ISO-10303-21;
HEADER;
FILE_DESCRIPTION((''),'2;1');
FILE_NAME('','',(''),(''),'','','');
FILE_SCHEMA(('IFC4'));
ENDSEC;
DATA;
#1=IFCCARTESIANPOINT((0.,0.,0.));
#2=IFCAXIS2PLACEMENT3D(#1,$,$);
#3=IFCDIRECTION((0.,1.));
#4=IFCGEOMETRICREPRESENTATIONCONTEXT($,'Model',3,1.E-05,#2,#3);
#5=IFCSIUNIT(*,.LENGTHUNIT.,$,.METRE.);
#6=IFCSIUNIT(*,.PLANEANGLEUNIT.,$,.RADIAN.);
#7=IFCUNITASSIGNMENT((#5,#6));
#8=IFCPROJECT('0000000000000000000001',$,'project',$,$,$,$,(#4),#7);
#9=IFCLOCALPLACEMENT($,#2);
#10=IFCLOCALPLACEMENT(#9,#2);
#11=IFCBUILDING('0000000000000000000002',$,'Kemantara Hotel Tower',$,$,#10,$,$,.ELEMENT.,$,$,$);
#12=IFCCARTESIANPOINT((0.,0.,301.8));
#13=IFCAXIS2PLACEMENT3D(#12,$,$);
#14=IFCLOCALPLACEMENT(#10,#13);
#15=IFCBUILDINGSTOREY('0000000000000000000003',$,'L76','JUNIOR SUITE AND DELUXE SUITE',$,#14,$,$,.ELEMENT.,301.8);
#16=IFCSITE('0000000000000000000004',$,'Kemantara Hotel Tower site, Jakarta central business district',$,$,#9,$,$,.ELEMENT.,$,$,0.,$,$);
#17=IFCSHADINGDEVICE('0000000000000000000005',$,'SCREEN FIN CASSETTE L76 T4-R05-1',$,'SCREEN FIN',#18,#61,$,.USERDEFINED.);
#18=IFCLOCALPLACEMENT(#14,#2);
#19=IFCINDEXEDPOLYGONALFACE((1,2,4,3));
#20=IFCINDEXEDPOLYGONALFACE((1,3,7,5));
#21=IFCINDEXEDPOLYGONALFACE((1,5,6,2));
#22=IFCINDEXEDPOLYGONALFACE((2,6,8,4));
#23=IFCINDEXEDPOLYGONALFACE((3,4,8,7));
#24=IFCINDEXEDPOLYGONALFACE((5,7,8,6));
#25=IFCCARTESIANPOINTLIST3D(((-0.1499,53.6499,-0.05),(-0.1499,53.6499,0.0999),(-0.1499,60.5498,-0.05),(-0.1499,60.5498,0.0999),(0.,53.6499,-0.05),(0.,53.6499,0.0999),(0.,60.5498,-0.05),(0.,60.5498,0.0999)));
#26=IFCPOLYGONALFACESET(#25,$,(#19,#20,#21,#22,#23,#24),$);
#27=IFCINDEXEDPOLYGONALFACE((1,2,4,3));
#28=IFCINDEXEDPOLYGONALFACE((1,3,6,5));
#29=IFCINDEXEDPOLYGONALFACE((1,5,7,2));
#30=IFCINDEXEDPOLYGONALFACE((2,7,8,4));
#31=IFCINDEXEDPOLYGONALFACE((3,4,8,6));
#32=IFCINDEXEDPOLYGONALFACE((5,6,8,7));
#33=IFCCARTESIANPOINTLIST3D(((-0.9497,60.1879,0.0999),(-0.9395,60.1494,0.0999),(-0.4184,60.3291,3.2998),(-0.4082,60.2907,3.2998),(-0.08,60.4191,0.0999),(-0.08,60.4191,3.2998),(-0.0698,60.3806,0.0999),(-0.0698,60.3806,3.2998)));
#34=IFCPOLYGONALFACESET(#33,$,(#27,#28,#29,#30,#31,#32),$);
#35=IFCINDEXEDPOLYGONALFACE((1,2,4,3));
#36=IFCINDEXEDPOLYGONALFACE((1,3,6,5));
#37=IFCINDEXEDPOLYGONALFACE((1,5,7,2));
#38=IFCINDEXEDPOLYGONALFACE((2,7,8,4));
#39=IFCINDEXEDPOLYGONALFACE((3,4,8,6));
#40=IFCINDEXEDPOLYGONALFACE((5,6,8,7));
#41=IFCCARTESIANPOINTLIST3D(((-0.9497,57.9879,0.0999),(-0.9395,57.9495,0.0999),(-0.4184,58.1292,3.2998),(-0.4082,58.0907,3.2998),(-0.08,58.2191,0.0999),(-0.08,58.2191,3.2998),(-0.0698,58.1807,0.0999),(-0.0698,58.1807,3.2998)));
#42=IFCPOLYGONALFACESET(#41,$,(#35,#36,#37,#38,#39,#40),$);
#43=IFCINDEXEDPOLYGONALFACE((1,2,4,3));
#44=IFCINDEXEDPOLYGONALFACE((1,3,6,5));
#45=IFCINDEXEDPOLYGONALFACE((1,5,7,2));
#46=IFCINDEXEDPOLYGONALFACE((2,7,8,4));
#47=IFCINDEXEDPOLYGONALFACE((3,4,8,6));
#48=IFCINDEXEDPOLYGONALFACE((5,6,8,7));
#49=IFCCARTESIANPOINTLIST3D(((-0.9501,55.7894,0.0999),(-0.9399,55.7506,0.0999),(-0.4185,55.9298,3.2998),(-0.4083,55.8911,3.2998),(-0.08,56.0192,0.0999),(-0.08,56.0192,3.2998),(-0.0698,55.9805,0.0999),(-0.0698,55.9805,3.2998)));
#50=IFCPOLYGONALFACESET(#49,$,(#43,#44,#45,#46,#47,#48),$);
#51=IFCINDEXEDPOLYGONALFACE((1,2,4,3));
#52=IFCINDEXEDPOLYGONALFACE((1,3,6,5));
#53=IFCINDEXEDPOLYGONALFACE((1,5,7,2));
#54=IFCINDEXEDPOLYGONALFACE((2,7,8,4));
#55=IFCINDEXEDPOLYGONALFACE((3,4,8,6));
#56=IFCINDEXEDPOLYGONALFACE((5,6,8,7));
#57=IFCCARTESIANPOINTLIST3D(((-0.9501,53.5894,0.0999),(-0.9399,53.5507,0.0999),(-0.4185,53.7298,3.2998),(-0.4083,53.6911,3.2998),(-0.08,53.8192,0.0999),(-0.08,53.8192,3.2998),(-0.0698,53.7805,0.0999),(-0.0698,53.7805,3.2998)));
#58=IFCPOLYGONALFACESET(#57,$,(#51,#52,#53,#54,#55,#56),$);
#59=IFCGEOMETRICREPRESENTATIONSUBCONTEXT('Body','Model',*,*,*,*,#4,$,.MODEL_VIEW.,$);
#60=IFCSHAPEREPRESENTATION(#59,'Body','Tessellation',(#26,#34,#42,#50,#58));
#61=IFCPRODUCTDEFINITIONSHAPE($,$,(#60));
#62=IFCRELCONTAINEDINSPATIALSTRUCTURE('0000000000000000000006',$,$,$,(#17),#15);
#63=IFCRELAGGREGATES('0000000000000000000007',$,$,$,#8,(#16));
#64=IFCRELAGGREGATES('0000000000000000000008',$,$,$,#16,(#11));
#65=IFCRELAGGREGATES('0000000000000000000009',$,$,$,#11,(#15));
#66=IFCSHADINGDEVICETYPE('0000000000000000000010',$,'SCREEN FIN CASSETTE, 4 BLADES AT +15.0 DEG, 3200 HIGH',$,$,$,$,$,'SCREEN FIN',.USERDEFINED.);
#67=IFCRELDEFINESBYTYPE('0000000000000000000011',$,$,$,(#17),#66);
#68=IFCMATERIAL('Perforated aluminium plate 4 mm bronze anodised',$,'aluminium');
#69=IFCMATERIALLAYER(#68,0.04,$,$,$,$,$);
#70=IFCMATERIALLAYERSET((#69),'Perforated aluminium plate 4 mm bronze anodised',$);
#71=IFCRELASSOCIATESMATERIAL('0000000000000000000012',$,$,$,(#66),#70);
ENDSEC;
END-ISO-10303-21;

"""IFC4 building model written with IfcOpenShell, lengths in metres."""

from ifc_helpers import new_model, si_unit, direction, frame, origin, origin_2d, place, context, subcontext, project, spatial, polyline, rectangle, outline, extrude, source, transform, mapped, material, layer, layer_set, type_object, element, save


model = new_model("IFC4")

# Units and contexts
model_context = context("Model", 3, precision=1e-05, world=origin(), true_north=direction((0.0, 1.0)))
body_context = subcontext(model_context, "Body", "Model", "MODEL_VIEW")
ifc_project = project(units=[si_unit("LENGTHUNIT", "METRE"), si_unit("PLANEANGLEUNIT", "RADIAN")], contexts=[model_context])

# Site, building, storey
site_placement = place(None, origin())
site = spatial("IfcSite", under=ifc_project, at=site_placement, Name="Kemantara Hotel Tower site, Jakarta central business district", CompositionType="ELEMENT", RefElevation=0.0)
building_placement = place(site_placement, origin())
building = spatial("IfcBuilding", under=site, at=building_placement, Name="Kemantara Hotel Tower", CompositionType="ELEMENT")
storey_placement = place(building_placement, frame((0.0, 0.0, 301.8)))
storey = spatial("IfcBuildingStorey", under=building, at=storey_placement, Name="L76", Description="JUNIOR SUITE AND DELUXE SUITE", CompositionType="ELEMENT", Elevation=301.8)

# Shading device
ifc_material_1 = material(Name="Perforated aluminium plate 4 mm bronze anodised", Category="aluminium")
ifc_layer_1 = layer(ifc_material_1, 0.04)
ifc_layer_set_1 = layer_set([ifc_layer_1], Name="Perforated aluminium plate 4 mm bronze anodised")
shading_device_type_1 = type_object("IfcShadingDeviceType", Name="SCREEN FIN CASSETTE, 4 BLADES AT +15.0 DEG, 3200 HIGH", ElementType="SCREEN FIN", PredefinedType="USERDEFINED", material=ifc_layer_set_1)
shared_shape_1 = source(origin(), body_context, "Body", "SweptSolid", [
    extrude(rectangle(XDim=6.8999, YDim=0.1499, at=origin_2d()), frame((3.3, -0.075, -0.1499), z_axis=(0.0, 0.0, 1.0), x_axis=(1.0, 0.0, 0.0)), (0.0, 0.0, 1.0), 0.1499),
    extrude(outline(polyline([(0.0, 0.0), (0.8999, 0.0), (0.3501, 3.2), (0.0, 3.2), (0.0, 0.0)])), frame((0.0193, -0.0698, 0.0), z_axis=(-0.966438, -0.256901, 0.0), x_axis=(0.256901, -0.966438, 0.0)), (0.0, 0.0, 1.0), 0.0398),
    extrude(outline(polyline([(0.0, 0.0), (0.8999, 0.0), (0.3501, 3.2), (0.0, 3.2), (0.0, 0.0)])), frame((2.2192, -0.0698, 0.0), z_axis=(-0.966438, -0.256901, 0.0), x_axis=(0.256901, -0.966438, 0.0)), (0.0, 0.0, 1.0), 0.0398),
    extrude(outline(polyline([(0.0, 0.0), (0.8999, 0.0), (0.3501, 3.2), (0.0, 3.2), (0.0, 0.0)])), frame((4.4194, -0.0698, 0.0), z_axis=(-0.966838, -0.255391, 0.0), x_axis=(0.255391, -0.966838, 0.0)), (0.0, 0.0, 1.0), 0.04),
    extrude(outline(polyline([(0.0, 0.0), (0.8999, 0.0), (0.3501, 3.2), (0.0, 3.2), (0.0, 0.0)])), frame((6.6194, -0.0698, 0.0), z_axis=(-0.966838, -0.255391, 0.0), x_axis=(0.255391, -0.966838, 0.0)), (0.0, 0.0, 1.0), 0.04),
])
shading_device_1_placement = place(storey_placement, frame((0.0, 60.3999, 0.0999), z_axis=(0.0, 0.0, 1.0), x_axis=(0.0, -1.0, 0.0)))
element("IfcShadingDevice", 1, at=shading_device_1_placement, inside=storey, type_object=shading_device_type_1, Name="SCREEN FIN CASSETTE L76 T4-R05-1", ObjectType="SCREEN FIN", PredefinedType="USERDEFINED", context=body_context, shape_type="MappedRepresentation", body=[
    mapped(shared_shape_1, transform((0.0, 0.0, 0.0))),
])

save(model, "model.ifc")
